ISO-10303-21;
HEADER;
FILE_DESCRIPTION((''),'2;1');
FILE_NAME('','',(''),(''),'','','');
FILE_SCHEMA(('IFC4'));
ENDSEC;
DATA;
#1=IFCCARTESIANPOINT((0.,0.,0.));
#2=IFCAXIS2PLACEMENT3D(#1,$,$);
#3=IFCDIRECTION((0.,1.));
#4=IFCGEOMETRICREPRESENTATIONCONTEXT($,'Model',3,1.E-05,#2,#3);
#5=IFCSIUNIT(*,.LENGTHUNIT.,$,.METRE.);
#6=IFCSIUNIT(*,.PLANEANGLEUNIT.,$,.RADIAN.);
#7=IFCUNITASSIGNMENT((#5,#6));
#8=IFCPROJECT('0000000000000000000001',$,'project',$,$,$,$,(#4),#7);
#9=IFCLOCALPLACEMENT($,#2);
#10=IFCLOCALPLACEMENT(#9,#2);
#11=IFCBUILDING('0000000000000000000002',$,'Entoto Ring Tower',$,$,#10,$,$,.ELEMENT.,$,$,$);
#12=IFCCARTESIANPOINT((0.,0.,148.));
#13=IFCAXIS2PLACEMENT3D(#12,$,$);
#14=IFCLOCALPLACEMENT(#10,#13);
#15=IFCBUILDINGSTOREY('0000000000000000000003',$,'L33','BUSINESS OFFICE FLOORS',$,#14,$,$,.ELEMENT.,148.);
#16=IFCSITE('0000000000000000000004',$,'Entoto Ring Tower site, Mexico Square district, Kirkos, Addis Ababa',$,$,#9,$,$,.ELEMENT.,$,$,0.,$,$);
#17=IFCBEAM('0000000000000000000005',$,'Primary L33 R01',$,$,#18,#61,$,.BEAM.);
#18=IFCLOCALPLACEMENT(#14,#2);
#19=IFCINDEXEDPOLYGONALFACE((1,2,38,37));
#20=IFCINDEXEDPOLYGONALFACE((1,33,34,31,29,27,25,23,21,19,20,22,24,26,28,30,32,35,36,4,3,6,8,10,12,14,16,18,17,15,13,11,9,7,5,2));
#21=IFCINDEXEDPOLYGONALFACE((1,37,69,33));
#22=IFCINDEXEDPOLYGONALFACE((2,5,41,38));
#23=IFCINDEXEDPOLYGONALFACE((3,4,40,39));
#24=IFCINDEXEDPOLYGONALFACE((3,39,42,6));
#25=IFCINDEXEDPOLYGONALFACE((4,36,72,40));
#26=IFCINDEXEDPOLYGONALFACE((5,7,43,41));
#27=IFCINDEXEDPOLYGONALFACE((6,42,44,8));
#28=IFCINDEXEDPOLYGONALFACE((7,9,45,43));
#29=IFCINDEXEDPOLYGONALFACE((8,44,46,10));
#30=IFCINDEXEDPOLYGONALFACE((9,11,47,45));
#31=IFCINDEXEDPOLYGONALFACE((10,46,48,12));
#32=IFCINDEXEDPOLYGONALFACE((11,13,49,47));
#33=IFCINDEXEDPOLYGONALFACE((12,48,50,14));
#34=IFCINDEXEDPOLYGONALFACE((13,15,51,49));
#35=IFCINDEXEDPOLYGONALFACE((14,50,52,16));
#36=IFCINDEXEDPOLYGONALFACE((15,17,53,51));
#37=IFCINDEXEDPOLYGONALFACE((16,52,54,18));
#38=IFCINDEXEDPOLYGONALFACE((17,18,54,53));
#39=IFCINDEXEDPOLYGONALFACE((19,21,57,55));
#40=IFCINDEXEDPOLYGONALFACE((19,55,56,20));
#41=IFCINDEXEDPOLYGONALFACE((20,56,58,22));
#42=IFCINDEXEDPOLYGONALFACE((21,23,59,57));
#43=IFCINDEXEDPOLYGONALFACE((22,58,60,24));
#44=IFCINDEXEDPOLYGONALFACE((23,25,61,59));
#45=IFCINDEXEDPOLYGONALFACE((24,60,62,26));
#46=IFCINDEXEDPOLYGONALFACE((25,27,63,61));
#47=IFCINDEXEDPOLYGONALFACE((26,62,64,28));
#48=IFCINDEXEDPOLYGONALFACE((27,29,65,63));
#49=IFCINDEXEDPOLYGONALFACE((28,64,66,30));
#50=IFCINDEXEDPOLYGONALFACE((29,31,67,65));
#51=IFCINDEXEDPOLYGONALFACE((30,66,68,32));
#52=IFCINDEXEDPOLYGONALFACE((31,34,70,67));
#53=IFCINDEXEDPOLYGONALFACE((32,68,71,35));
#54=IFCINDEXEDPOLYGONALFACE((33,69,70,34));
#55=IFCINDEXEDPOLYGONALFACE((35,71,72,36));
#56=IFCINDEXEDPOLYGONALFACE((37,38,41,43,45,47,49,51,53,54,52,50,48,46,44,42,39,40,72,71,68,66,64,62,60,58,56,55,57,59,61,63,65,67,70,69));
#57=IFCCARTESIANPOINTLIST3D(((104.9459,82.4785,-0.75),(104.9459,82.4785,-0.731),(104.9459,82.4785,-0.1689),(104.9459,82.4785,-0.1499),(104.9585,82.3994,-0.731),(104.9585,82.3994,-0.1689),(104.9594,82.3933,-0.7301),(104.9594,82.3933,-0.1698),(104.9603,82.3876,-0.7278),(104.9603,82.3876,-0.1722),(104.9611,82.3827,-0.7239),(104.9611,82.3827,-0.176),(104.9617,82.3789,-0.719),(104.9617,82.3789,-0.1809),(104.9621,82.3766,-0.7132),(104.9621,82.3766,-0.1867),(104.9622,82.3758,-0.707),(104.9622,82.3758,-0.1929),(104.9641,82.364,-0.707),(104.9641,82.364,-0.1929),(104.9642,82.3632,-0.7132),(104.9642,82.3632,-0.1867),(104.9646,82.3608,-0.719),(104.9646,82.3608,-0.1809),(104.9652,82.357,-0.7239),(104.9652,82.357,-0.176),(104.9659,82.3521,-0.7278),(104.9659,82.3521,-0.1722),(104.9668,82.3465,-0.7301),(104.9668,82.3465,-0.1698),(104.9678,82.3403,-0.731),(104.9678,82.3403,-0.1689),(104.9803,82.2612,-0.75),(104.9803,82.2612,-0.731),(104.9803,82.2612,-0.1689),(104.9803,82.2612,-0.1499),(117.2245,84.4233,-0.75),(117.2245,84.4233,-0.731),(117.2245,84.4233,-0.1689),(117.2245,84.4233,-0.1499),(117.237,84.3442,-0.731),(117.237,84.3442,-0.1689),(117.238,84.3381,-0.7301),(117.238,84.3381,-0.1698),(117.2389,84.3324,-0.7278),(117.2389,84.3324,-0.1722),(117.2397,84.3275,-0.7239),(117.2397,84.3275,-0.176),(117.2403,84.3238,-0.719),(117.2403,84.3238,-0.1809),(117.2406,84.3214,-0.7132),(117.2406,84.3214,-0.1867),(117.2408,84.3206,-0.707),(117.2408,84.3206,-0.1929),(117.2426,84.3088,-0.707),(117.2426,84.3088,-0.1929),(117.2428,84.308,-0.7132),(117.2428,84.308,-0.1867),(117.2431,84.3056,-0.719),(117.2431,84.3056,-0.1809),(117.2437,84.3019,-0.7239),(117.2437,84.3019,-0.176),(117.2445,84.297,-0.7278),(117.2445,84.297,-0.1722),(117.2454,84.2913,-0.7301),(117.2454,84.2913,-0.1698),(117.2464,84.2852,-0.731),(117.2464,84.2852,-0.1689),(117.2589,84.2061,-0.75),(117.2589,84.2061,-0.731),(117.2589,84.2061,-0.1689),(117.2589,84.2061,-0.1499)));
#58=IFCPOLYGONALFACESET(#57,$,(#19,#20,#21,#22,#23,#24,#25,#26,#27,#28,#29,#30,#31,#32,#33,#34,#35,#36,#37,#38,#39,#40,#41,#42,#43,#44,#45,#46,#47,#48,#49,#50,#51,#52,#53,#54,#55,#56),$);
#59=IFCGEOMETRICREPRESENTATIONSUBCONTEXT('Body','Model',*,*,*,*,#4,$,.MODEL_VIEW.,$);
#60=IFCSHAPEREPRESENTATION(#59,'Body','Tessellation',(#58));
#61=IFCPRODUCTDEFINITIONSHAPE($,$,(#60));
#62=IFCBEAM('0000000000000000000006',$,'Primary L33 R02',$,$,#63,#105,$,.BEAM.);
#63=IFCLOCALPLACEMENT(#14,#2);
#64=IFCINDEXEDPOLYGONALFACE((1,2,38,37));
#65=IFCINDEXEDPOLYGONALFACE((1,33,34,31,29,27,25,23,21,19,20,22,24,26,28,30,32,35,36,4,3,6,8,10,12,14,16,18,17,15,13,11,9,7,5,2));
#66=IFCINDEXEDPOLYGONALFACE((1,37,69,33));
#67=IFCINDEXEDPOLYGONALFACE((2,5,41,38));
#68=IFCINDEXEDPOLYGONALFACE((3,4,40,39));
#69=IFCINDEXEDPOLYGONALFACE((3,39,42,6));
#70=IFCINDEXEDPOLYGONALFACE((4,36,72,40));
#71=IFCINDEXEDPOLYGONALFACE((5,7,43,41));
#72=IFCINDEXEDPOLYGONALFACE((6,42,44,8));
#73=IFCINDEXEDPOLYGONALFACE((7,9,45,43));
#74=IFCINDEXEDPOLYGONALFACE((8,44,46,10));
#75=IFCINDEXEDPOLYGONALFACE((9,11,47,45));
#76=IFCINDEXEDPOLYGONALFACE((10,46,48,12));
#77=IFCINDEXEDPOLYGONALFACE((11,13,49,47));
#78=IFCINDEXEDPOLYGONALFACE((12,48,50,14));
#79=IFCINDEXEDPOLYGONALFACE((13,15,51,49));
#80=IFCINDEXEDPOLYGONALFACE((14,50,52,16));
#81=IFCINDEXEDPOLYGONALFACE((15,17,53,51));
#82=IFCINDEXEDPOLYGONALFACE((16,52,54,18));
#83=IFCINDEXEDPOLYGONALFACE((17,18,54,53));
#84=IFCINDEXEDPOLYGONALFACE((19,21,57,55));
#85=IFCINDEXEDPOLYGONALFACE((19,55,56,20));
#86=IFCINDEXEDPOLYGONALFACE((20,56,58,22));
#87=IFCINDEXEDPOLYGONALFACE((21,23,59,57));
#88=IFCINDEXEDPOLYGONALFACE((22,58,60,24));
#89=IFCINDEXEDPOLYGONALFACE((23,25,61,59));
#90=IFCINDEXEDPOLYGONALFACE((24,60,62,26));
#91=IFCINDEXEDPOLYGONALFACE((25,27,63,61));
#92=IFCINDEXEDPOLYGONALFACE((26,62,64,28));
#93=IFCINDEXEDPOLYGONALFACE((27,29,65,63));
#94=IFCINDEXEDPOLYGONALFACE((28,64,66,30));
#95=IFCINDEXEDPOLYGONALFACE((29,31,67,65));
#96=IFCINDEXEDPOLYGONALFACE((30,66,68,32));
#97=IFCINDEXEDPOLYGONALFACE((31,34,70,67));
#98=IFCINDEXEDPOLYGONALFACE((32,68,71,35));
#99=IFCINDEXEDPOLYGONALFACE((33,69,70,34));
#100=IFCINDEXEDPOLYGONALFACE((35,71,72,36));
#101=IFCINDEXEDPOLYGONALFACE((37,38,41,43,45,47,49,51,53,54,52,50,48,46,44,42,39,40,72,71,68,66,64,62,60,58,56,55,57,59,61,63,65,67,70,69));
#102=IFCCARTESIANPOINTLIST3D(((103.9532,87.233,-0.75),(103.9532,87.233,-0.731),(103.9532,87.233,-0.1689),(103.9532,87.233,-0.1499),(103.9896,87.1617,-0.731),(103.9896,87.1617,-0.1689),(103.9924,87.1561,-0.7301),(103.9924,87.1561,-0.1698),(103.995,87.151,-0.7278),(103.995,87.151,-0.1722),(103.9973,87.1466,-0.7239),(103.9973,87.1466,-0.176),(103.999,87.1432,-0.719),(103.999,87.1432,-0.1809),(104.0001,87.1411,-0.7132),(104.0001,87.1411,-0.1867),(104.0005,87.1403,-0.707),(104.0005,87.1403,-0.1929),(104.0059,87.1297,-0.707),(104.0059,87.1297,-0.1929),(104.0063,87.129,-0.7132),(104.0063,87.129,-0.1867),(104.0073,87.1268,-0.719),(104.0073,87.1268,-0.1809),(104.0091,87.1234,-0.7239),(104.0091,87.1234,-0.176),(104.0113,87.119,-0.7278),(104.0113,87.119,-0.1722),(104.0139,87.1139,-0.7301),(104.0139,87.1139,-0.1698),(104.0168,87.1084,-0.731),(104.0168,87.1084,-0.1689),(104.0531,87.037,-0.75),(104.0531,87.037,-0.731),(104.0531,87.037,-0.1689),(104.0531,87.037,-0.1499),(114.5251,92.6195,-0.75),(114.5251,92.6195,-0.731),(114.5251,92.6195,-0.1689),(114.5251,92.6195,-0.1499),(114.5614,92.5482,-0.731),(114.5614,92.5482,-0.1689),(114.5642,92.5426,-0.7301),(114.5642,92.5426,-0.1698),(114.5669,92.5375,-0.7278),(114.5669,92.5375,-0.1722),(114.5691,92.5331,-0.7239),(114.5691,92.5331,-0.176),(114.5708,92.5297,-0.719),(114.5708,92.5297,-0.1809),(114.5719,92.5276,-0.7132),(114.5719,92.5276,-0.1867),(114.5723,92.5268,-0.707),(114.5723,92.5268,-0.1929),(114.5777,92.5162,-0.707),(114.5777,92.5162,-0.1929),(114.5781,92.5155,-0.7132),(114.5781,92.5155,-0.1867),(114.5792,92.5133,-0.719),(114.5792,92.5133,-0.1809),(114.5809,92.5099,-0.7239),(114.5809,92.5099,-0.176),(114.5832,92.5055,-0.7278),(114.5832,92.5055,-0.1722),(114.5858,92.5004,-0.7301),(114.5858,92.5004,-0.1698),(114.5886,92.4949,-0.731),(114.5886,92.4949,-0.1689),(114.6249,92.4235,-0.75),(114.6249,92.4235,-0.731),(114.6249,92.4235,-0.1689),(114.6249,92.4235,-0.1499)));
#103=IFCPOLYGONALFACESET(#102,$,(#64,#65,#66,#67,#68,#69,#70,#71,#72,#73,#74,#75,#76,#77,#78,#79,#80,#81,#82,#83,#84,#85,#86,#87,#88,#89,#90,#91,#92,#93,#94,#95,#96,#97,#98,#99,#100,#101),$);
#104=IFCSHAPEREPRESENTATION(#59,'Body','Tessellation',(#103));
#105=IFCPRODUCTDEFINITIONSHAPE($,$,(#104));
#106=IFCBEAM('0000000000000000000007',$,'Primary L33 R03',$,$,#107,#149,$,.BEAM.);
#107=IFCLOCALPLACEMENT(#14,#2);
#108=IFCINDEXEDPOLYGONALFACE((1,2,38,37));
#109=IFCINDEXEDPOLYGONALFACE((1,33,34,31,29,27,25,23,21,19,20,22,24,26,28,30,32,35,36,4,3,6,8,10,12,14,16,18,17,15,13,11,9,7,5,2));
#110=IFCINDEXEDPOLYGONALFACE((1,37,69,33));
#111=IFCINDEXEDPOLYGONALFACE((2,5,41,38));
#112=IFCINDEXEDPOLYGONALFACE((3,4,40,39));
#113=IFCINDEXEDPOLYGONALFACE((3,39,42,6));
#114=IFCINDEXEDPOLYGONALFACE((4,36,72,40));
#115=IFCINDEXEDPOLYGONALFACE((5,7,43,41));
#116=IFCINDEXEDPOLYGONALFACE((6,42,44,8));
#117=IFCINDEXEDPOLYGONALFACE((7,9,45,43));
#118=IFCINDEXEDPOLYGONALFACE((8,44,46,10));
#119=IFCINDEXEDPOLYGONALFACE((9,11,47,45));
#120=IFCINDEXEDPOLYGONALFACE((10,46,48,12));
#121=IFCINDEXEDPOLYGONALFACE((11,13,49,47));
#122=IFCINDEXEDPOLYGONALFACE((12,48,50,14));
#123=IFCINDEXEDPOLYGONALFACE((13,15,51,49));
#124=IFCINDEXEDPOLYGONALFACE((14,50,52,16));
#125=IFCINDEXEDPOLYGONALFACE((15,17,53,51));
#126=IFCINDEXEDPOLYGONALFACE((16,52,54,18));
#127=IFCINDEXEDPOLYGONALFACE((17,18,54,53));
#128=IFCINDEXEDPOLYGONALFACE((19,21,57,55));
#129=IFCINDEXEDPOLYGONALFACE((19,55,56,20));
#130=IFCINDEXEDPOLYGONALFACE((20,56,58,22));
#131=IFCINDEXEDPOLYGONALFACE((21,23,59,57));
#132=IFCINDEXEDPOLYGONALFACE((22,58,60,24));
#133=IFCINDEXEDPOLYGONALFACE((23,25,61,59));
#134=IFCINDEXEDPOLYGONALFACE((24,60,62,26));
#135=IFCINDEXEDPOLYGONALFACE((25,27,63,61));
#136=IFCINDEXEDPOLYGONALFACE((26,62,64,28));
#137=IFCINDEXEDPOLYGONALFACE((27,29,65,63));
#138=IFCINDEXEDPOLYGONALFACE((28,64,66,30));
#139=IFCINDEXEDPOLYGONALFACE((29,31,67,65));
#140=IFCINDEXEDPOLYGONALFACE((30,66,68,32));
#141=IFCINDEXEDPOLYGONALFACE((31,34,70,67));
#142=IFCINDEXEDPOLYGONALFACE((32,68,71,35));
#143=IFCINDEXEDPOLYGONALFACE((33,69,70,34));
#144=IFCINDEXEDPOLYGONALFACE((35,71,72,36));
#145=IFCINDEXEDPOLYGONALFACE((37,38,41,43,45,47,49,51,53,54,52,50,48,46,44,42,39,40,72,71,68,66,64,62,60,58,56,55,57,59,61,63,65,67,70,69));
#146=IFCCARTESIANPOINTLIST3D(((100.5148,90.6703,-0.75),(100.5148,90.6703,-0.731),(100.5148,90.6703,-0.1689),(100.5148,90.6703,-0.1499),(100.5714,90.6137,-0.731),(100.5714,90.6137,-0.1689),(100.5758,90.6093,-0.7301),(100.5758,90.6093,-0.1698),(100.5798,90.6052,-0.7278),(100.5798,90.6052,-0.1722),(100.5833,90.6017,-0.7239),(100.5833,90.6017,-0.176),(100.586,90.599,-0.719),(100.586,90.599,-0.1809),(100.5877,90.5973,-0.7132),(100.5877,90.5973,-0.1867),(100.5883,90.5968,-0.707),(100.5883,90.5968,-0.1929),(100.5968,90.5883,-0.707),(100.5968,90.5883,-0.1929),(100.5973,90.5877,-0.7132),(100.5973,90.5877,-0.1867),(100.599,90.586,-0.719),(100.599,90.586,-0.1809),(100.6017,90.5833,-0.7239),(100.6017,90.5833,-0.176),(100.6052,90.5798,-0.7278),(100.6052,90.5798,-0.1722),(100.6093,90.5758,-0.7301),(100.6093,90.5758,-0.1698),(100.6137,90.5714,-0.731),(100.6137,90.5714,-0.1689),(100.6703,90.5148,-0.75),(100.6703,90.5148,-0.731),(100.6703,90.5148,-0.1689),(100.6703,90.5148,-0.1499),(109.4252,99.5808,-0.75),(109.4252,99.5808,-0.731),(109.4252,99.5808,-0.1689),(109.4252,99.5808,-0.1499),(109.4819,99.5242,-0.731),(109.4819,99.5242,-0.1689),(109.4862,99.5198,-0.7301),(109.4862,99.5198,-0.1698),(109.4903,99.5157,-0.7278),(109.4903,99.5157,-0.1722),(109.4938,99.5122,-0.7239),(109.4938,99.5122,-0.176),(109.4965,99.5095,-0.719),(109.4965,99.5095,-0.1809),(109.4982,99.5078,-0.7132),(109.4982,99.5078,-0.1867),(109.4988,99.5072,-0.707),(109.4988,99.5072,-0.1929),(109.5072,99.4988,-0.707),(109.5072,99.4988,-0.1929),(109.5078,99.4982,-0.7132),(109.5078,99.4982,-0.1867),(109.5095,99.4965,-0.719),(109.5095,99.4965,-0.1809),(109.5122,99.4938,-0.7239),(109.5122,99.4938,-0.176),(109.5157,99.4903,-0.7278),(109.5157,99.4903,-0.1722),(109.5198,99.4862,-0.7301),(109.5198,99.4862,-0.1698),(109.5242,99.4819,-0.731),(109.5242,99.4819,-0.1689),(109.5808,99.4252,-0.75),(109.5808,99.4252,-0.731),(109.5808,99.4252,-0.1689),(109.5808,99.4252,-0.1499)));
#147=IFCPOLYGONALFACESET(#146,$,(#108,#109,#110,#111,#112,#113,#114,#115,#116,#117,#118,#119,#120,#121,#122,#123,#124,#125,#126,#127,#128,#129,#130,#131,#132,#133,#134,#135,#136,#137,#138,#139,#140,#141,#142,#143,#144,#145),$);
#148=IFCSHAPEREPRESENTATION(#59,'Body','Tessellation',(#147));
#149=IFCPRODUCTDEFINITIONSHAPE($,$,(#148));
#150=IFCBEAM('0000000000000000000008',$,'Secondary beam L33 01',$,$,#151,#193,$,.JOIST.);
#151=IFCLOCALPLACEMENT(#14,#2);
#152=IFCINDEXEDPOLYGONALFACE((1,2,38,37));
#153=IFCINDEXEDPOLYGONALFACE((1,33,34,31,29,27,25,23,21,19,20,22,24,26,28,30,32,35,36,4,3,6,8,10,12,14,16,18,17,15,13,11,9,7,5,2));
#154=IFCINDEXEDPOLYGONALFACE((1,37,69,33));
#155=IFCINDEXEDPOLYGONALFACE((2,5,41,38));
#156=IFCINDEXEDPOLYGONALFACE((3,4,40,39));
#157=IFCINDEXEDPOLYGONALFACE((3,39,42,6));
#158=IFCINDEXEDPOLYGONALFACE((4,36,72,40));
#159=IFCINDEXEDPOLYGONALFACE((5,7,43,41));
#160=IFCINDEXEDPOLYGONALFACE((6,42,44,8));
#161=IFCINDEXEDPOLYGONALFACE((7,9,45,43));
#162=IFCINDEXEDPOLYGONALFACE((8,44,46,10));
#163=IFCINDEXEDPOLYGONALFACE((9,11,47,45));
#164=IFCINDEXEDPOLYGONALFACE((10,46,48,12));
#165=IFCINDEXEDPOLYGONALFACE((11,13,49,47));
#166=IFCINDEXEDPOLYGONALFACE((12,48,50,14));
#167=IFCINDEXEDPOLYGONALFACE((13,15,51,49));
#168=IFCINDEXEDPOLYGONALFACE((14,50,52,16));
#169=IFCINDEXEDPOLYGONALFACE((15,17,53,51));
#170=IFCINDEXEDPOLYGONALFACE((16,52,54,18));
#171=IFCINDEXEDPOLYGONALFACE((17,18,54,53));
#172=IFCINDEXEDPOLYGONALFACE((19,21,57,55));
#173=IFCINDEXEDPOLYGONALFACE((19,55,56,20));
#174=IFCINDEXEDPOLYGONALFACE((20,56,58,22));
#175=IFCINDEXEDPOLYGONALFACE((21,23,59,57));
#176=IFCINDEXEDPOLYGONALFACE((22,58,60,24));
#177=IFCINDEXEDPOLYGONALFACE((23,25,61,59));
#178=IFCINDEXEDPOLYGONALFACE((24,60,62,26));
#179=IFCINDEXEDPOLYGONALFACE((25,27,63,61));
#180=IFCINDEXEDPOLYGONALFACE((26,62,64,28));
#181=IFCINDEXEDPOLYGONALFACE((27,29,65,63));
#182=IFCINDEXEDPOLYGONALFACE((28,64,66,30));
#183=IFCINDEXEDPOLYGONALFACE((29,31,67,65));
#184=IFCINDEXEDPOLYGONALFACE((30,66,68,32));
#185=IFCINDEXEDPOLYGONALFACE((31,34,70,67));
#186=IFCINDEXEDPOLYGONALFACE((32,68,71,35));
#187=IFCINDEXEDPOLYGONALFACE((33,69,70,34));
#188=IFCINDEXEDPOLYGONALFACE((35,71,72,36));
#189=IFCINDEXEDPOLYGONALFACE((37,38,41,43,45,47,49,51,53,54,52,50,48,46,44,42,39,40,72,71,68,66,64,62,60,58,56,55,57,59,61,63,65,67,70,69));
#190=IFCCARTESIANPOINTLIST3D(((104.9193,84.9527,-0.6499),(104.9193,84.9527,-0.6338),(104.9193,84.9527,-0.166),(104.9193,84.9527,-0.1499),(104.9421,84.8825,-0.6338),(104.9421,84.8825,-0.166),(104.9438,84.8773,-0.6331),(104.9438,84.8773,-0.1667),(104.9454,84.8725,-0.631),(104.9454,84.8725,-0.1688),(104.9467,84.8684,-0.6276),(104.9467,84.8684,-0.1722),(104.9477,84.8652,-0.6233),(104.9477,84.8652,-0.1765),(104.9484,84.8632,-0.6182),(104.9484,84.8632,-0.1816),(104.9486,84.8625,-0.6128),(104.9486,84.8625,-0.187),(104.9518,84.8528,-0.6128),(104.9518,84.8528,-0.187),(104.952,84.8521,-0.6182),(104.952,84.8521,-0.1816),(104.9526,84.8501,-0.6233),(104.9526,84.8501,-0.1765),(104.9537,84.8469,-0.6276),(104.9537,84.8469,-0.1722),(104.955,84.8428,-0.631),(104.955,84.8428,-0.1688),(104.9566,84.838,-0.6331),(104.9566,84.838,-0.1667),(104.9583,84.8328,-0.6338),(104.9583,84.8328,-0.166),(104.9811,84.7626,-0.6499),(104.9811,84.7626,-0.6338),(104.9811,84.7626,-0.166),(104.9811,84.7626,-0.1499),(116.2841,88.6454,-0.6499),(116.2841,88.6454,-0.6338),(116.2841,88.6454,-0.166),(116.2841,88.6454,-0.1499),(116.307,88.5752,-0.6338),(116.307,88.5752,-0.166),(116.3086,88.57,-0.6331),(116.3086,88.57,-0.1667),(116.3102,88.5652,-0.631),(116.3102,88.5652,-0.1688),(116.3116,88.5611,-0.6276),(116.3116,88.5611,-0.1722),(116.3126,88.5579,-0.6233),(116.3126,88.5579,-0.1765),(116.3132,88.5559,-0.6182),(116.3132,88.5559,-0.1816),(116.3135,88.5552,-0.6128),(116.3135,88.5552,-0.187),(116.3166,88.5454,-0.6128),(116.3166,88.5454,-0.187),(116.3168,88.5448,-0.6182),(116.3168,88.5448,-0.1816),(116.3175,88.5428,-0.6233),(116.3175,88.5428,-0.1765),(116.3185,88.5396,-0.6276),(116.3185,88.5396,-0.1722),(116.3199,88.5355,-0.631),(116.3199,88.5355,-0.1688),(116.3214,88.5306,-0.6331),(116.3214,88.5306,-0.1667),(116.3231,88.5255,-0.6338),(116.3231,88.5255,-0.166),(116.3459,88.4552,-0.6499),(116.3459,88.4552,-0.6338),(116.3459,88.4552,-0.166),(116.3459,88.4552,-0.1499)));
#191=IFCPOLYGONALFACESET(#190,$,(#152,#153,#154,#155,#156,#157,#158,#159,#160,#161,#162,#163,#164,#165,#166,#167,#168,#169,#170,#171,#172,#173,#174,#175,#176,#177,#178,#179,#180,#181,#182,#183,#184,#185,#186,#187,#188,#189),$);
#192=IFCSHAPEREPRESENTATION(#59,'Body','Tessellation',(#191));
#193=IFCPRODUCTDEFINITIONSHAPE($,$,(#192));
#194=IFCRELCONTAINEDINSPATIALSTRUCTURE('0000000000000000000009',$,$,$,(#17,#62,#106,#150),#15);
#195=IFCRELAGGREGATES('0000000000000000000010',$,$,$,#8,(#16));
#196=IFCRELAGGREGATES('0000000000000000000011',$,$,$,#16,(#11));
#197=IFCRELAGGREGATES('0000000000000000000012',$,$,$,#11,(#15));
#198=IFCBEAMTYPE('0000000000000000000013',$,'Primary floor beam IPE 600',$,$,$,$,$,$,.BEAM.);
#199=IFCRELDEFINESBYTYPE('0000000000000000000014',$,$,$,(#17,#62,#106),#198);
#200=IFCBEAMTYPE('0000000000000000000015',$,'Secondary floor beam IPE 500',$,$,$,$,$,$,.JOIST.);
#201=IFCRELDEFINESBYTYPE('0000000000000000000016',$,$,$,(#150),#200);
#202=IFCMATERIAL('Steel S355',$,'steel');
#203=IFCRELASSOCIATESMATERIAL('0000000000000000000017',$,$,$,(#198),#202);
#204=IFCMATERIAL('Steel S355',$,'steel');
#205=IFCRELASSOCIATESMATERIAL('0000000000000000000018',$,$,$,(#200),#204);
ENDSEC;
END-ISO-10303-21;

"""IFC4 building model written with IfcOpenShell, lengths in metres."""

from ifc_helpers import new_model, si_unit, direction, frame, origin, origin_2d, place, context, subcontext, project, spatial, i_section, extrude, material, material_profile, profile_set, type_object, element, save


model = new_model("IFC4")

# Units and contexts
model_context = context("Model", 3, precision=1e-05, world=origin(), true_north=direction((0.0, 1.0)))
body_context = subcontext(model_context, "Body", "Model", "MODEL_VIEW")
ifc_project = project(units=[si_unit("LENGTHUNIT", "METRE"), si_unit("PLANEANGLEUNIT", "RADIAN")], contexts=[model_context])

# Site, building, storey
site_placement = place(None, origin())
site = spatial("IfcSite", under=ifc_project, at=site_placement, Name="Entoto Ring Tower site, Mexico Square district, Kirkos, Addis Ababa", CompositionType="ELEMENT", RefElevation=0.0)
building_placement = place(site_placement, origin())
building = spatial("IfcBuilding", under=site, at=building_placement, Name="Entoto Ring Tower", CompositionType="ELEMENT")
storey_placement = place(building_placement, frame((0.0, 0.0, 148.0)))
storey = spatial("IfcBuildingStorey", under=building, at=storey_placement, Name="L33", Description="BUSINESS OFFICE FLOORS", CompositionType="ELEMENT", Elevation=148.0)

# Beams
ifc_material_1 = material(Name="Steel S355", Category="steel")
ifc_material_profile_1 = material_profile(ifc_material_1, i_section(OverallWidth=0.22, OverallDepth=0.6001, WebThickness=0.012, FlangeThickness=0.019, FilletRadius=0.0239, at=origin_2d()), Name="IPE 600")
ifc_profile_set_1 = profile_set([ifc_material_profile_1], Name="Steel S355")
beam_type_1 = type_object("IfcBeamType", Name="Primary floor beam IPE 600", PredefinedType="BEAM", material=ifc_profile_set_1)
beam_1_placement = place(storey_placement, frame((104.9631, 82.3699, -0.45), z_axis=(0.987687, 0.156442, 0.0), x_axis=(-0.156442, 0.987687, 0.0)))
element("IfcBeam", 1, at=beam_1_placement, inside=storey, type_object=beam_type_1, Name="Primary L33 R01", PredefinedType="BEAM", context=body_context, shape_type="SweptSolid", body=[
    extrude(i_section(OverallWidth=0.22, OverallDepth=0.6001, WebThickness=0.012, FlangeThickness=0.019, FilletRadius=0.0239, at=origin_2d()), origin(), (0.0, 0.0, 1.0), 12.4316),
])
beam_2_placement = place(storey_placement, frame((104.0032, 87.135, -0.45), z_axis=(0.89101, 0.453983, 0.0), x_axis=(-0.453983, 0.89101, 0.0)))
element("IfcBeam", 2, at=beam_2_placement, inside=storey, type_object=beam_type_1, Name="Primary L33 R02", PredefinedType="BEAM", context=body_context, shape_type="SweptSolid", body=[
    extrude(i_section(OverallWidth=0.22, OverallDepth=0.6001, WebThickness=0.012, FlangeThickness=0.019, FilletRadius=0.0239, at=origin_2d()), origin(), (0.0, 0.0, 1.0), 11.865),
])
beam_3_placement = place(storey_placement, frame((100.5925, 90.5925, -0.45), z_axis=(0.707107, 0.707107, 0.0), x_axis=(-0.707107, 0.707107, 0.0)))
element("IfcBeam", 3, at=beam_3_placement, inside=storey, type_object=beam_type_1, Name="Primary L33 R03", PredefinedType="BEAM", context=body_context, shape_type="SweptSolid", body=[
    extrude(i_section(OverallWidth=0.22, OverallDepth=0.6001, WebThickness=0.012, FlangeThickness=0.019, FilletRadius=0.0239, at=origin_2d()), origin(), (0.0, 0.0, 1.0), 12.6013),
])
ifc_material_2 = material(Name="Steel S355", Category="steel")
ifc_material_profile_2 = material_profile(ifc_material_2, i_section(OverallWidth=0.2, OverallDepth=0.5, WebThickness=0.0103, FlangeThickness=0.0161, FilletRadius=0.021, at=origin_2d()), Name="IPE 500")
ifc_profile_set_2 = profile_set([ifc_material_profile_2], Name="Steel S355")
beam_type_2 = type_object("IfcBeamType", Name="Secondary floor beam IPE 500", PredefinedType="JOIST", material=ifc_profile_set_2)
beam_4_placement = place(storey_placement, frame((104.9502, 84.8577, -0.3999), z_axis=(0.951057, 0.309017, 0.0), x_axis=(-0.309017, 0.951057, 0.0)))
element("IfcBeam", 4, at=beam_4_placement, inside=storey, type_object=beam_type_2, Name="Secondary beam L33 01", PredefinedType="JOIST", context=body_context, shape_type="SweptSolid", body=[
    extrude(i_section(OverallWidth=0.2, OverallDepth=0.5, WebThickness=0.0103, FlangeThickness=0.0161, FilletRadius=0.021, at=origin_2d()), origin(), (0.0, 0.0, 1.0), 11.9497),
])

save(model, "model.ifc")
